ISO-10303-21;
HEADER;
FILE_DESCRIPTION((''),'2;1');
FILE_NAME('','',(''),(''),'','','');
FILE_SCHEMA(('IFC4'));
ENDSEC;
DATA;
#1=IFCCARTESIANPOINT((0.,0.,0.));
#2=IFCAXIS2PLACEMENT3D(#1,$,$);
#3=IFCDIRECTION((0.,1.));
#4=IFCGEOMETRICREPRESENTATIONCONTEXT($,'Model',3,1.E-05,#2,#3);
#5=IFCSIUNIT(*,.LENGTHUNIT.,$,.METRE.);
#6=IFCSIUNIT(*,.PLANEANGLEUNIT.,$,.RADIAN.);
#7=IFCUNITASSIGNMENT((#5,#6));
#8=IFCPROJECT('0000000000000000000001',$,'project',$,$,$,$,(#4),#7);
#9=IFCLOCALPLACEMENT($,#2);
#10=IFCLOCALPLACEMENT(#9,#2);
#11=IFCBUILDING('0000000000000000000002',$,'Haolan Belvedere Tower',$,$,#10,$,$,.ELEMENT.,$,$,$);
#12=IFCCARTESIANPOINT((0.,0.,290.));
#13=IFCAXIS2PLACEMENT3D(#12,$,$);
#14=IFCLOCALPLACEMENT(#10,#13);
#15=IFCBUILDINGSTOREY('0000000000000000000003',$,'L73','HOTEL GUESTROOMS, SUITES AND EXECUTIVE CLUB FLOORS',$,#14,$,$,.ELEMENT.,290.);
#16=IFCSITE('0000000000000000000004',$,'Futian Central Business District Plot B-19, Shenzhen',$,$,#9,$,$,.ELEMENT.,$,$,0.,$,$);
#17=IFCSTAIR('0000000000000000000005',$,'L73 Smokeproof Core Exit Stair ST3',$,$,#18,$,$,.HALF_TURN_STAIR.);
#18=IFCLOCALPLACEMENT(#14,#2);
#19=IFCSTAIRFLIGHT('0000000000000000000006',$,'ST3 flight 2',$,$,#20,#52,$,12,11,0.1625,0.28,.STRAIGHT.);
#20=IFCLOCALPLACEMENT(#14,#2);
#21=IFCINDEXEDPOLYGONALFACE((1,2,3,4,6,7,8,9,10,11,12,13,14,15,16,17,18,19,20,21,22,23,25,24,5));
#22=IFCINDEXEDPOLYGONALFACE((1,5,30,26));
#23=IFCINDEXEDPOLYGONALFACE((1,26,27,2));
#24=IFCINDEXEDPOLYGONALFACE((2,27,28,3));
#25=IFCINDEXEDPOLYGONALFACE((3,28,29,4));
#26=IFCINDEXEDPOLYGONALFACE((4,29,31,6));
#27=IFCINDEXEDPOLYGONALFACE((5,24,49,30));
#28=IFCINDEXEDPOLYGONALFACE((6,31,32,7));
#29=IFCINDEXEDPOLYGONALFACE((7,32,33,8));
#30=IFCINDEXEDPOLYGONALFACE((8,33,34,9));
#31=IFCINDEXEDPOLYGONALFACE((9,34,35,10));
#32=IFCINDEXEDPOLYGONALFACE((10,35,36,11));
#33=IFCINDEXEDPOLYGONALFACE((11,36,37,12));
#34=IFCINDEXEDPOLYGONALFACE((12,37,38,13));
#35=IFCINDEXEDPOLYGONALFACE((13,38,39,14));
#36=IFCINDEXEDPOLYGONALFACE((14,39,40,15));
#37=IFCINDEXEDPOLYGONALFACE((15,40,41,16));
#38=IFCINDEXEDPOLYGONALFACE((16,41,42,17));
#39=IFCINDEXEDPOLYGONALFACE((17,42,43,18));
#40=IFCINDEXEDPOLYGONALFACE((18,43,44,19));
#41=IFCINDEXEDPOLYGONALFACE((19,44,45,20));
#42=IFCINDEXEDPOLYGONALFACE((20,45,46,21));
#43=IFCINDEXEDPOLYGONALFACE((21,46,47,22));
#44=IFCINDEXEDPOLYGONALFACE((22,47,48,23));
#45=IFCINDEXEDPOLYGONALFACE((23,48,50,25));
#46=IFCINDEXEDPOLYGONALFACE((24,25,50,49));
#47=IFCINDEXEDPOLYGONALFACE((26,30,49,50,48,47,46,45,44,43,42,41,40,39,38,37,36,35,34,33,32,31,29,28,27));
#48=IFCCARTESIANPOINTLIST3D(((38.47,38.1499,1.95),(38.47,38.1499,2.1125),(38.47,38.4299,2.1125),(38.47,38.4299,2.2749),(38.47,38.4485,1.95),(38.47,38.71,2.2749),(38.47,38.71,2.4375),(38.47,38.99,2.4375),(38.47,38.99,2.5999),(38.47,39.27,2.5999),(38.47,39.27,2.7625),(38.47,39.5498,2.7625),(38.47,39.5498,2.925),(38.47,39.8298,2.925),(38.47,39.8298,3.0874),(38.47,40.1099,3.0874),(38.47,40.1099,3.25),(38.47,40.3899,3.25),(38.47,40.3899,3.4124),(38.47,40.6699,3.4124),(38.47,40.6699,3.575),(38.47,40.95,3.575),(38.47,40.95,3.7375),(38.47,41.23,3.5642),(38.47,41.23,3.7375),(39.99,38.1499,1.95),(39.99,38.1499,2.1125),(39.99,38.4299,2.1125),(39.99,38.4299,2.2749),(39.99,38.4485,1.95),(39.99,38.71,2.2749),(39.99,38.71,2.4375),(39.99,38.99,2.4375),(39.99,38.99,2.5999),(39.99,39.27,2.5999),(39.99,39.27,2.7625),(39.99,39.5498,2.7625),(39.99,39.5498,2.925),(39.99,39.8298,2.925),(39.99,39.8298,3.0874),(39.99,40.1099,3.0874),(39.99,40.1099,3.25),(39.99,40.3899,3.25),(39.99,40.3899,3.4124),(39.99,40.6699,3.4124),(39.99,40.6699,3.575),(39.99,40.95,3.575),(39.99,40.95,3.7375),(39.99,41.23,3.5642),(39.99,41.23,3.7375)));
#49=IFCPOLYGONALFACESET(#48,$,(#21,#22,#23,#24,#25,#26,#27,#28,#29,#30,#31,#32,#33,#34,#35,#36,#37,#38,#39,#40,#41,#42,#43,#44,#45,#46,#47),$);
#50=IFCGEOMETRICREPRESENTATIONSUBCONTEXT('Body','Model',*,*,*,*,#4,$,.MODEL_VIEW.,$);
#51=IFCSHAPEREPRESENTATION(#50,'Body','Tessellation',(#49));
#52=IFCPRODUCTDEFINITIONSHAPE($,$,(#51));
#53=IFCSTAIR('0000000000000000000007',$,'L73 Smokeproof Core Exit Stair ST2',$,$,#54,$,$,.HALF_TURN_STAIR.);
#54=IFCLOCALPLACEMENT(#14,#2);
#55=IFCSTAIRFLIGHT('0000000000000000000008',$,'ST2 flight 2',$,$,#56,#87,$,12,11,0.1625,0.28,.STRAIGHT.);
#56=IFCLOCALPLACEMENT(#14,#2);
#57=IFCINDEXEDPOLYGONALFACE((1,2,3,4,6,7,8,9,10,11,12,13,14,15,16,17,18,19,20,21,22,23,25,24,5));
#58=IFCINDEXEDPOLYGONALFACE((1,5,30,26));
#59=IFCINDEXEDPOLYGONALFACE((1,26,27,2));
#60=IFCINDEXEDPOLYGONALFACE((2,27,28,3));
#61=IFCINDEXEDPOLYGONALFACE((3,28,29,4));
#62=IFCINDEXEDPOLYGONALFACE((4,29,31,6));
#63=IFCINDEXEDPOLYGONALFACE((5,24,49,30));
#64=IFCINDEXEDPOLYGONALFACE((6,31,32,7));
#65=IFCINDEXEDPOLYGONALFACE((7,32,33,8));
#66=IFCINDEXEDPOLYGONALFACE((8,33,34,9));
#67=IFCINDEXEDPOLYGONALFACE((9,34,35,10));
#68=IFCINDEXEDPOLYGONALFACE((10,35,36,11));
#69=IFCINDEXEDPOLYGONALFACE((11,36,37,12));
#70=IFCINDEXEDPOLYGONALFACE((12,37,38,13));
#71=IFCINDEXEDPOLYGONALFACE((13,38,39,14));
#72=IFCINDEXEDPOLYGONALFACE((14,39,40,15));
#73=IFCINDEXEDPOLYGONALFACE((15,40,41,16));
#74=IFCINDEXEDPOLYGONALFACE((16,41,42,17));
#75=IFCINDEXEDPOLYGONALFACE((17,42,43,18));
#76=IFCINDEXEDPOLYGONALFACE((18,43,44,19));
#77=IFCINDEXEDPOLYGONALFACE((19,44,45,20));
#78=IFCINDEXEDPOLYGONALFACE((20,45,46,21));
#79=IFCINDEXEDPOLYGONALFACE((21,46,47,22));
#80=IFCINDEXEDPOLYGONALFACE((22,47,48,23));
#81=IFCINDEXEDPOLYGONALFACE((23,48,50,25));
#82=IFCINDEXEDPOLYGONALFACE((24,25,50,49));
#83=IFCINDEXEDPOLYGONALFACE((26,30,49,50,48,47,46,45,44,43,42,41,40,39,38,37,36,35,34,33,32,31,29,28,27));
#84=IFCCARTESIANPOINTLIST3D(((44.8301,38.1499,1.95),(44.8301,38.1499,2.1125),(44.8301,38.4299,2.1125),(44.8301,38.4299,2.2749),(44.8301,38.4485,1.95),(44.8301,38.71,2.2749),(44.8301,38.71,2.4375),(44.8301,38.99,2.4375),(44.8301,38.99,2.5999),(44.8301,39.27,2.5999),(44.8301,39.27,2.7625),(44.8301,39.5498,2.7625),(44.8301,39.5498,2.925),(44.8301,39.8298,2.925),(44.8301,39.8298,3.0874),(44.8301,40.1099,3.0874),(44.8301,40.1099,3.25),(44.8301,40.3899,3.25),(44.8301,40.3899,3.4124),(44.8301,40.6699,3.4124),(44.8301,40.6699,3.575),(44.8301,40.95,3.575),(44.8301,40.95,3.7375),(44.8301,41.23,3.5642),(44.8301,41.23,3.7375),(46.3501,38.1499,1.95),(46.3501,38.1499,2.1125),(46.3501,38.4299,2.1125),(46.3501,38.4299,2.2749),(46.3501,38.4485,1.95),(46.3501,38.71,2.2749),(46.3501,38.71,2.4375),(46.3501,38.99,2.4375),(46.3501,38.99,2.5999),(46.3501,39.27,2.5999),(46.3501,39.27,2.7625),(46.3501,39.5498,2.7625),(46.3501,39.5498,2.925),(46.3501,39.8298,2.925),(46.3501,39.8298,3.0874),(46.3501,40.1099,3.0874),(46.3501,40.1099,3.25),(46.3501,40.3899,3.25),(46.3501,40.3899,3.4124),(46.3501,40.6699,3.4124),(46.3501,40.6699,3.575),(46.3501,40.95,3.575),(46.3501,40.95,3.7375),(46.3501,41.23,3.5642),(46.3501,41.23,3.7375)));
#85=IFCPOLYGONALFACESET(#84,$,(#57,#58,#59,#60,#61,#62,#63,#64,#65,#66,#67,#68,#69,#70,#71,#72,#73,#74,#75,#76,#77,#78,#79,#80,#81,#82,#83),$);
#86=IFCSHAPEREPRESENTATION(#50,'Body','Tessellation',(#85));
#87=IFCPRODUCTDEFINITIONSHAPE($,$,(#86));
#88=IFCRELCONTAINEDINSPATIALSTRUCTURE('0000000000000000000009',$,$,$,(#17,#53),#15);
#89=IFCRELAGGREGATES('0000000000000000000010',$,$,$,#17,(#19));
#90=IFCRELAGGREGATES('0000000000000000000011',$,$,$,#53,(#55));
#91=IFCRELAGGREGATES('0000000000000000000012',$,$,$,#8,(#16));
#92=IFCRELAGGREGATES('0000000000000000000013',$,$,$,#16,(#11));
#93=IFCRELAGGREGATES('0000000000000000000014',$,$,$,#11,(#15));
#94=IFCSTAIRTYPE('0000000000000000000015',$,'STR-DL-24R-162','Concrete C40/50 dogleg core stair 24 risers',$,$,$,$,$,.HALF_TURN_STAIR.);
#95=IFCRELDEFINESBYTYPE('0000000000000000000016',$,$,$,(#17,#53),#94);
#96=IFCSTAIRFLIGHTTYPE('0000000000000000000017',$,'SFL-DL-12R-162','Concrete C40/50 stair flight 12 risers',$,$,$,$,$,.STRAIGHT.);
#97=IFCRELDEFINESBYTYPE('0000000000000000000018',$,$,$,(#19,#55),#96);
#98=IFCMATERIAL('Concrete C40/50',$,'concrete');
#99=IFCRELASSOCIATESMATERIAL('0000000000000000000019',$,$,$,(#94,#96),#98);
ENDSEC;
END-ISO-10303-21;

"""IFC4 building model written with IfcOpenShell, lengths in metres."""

from ifc_helpers import new_model, si_unit, direction, frame, origin, place, context, subcontext, project, spatial, polyline, outline, extrude, material, type_object, element, aggregate, save


model = new_model("IFC4")

# Units and contexts
model_context = context("Model", 3, precision=1e-05, world=origin(), true_north=direction((0.0, 1.0)))
body_context = subcontext(model_context, "Body", "Model", "MODEL_VIEW")
ifc_project = project(units=[si_unit("LENGTHUNIT", "METRE"), si_unit("PLANEANGLEUNIT", "RADIAN")], contexts=[model_context])

# Site, building, storey
site_placement = place(None, origin())
site = spatial("IfcSite", under=ifc_project, at=site_placement, Name="Futian Central Business District Plot B-19, Shenzhen", CompositionType="ELEMENT", RefElevation=0.0)
building_placement = place(site_placement, origin())
building = spatial("IfcBuilding", under=site, at=building_placement, Name="Haolan Belvedere Tower", CompositionType="ELEMENT")
storey_placement = place(building_placement, frame((0.0, 0.0, 290.0)))
storey = spatial("IfcBuildingStorey", under=building, at=storey_placement, Name="L73", Description="HOTEL GUESTROOMS, SUITES AND EXECUTIVE CLUB FLOORS", CompositionType="ELEMENT", Elevation=290.0)

# Stairs, stair flights
ifc_material_1 = material(Name="Concrete C40/50", Category="concrete")
stair_type = type_object("IfcStairType", Name="STR-DL-24R-162", Description="Concrete C40/50 dogleg core stair 24 risers", PredefinedType="HALF_TURN_STAIR", material=ifc_material_1)
stair_1_placement = place(storey_placement, origin())
stair_1 = element("IfcStair", 1, at=stair_1_placement, inside=storey, type_object=stair_type, Name="L73 Smokeproof Core Exit Stair ST3", PredefinedType="HALF_TURN_STAIR")
stair_flight_type = type_object("IfcStairFlightType", Name="SFL-DL-12R-162", Description="Concrete C40/50 stair flight 12 risers", PredefinedType="STRAIGHT", material=ifc_material_1)
stair_flight_1_placement = place(storey_placement, frame((39.23, 38.1499, 1.95), z_axis=(0.0, 0.0, 1.0), x_axis=(0.0, 1.0, 0.0)))
stair_flight_1 = element("IfcStairFlight", 2, at=stair_flight_1_placement, type_object=stair_flight_type, Name="ST3 flight 2", NumberOfRisers=12, NumberOfTreads=11, PredefinedType="STRAIGHT", RiserHeight=0.1625, TreadLength=0.28, context=body_context, shape_type="SweptSolid", body=[
    extrude(outline(polyline([(0.0, 0.0), (0.0, 0.1626), (0.28, 0.1626), (0.28, 0.325), (0.5601, 0.325), (0.5601, 0.4875), (0.8401, 0.4875), (0.8401, 0.6499), (1.1201, 0.6499), (1.1201, 0.8125), (1.3999, 0.8125), (1.3999, 0.9751), (1.6799, 0.9751), (1.6799, 1.1375), (1.96, 1.1375), (1.96, 1.3), (2.24, 1.3), (2.24, 1.4624), (2.52, 1.4624), (2.52, 1.625), (2.8, 1.625), (2.8, 1.7876), (3.0801, 1.7876), (3.0801, 1.95), (3.0801, 1.6143), (0.2986, 0.0), (0.0, 0.0)])), frame((0.0, 0.76, 0.0), z_axis=(0.0, -1.0, 0.0), x_axis=(1.0, 0.0, 0.0)), (0.0, 0.0, 1.0), 1.52),
])
aggregate(stair_1, [stair_flight_1])
stair_2_placement = place(storey_placement, origin())
stair_2 = element("IfcStair", 3, at=stair_2_placement, inside=storey, type_object=stair_type, Name="L73 Smokeproof Core Exit Stair ST2", PredefinedType="HALF_TURN_STAIR")
stair_flight_2_placement = place(storey_placement, frame((45.5901, 38.1499, 1.95), z_axis=(0.0, 0.0, 1.0), x_axis=(0.0, 1.0, 0.0)))
stair_flight_2 = element("IfcStairFlight", 4, at=stair_flight_2_placement, type_object=stair_flight_type, Name="ST2 flight 2", NumberOfRisers=12, NumberOfTreads=11, PredefinedType="STRAIGHT", RiserHeight=0.1625, TreadLength=0.28, context=body_context, shape_type="SweptSolid", body=[
    extrude(outline(polyline([(0.0, 0.0), (0.0, 0.1626), (0.28, 0.1626), (0.28, 0.325), (0.5601, 0.325), (0.5601, 0.4875), (0.8401, 0.4875), (0.8401, 0.6499), (1.1201, 0.6499), (1.1201, 0.8125), (1.3999, 0.8125), (1.3999, 0.9751), (1.6799, 0.9751), (1.6799, 1.1375), (1.96, 1.1375), (1.96, 1.3), (2.24, 1.3), (2.24, 1.4624), (2.52, 1.4624), (2.52, 1.625), (2.8, 1.625), (2.8, 1.7876), (3.0801, 1.7876), (3.0801, 1.95), (3.0801, 1.6143), (0.2986, 0.0), (0.0, 0.0)])), frame((0.0, 0.76, 0.0), z_axis=(0.0, -1.0, 0.0), x_axis=(1.0, 0.0, 0.0)), (0.0, 0.0, 1.0), 1.52),
])
aggregate(stair_2, [stair_flight_2])

save(model, "model.ifc")
